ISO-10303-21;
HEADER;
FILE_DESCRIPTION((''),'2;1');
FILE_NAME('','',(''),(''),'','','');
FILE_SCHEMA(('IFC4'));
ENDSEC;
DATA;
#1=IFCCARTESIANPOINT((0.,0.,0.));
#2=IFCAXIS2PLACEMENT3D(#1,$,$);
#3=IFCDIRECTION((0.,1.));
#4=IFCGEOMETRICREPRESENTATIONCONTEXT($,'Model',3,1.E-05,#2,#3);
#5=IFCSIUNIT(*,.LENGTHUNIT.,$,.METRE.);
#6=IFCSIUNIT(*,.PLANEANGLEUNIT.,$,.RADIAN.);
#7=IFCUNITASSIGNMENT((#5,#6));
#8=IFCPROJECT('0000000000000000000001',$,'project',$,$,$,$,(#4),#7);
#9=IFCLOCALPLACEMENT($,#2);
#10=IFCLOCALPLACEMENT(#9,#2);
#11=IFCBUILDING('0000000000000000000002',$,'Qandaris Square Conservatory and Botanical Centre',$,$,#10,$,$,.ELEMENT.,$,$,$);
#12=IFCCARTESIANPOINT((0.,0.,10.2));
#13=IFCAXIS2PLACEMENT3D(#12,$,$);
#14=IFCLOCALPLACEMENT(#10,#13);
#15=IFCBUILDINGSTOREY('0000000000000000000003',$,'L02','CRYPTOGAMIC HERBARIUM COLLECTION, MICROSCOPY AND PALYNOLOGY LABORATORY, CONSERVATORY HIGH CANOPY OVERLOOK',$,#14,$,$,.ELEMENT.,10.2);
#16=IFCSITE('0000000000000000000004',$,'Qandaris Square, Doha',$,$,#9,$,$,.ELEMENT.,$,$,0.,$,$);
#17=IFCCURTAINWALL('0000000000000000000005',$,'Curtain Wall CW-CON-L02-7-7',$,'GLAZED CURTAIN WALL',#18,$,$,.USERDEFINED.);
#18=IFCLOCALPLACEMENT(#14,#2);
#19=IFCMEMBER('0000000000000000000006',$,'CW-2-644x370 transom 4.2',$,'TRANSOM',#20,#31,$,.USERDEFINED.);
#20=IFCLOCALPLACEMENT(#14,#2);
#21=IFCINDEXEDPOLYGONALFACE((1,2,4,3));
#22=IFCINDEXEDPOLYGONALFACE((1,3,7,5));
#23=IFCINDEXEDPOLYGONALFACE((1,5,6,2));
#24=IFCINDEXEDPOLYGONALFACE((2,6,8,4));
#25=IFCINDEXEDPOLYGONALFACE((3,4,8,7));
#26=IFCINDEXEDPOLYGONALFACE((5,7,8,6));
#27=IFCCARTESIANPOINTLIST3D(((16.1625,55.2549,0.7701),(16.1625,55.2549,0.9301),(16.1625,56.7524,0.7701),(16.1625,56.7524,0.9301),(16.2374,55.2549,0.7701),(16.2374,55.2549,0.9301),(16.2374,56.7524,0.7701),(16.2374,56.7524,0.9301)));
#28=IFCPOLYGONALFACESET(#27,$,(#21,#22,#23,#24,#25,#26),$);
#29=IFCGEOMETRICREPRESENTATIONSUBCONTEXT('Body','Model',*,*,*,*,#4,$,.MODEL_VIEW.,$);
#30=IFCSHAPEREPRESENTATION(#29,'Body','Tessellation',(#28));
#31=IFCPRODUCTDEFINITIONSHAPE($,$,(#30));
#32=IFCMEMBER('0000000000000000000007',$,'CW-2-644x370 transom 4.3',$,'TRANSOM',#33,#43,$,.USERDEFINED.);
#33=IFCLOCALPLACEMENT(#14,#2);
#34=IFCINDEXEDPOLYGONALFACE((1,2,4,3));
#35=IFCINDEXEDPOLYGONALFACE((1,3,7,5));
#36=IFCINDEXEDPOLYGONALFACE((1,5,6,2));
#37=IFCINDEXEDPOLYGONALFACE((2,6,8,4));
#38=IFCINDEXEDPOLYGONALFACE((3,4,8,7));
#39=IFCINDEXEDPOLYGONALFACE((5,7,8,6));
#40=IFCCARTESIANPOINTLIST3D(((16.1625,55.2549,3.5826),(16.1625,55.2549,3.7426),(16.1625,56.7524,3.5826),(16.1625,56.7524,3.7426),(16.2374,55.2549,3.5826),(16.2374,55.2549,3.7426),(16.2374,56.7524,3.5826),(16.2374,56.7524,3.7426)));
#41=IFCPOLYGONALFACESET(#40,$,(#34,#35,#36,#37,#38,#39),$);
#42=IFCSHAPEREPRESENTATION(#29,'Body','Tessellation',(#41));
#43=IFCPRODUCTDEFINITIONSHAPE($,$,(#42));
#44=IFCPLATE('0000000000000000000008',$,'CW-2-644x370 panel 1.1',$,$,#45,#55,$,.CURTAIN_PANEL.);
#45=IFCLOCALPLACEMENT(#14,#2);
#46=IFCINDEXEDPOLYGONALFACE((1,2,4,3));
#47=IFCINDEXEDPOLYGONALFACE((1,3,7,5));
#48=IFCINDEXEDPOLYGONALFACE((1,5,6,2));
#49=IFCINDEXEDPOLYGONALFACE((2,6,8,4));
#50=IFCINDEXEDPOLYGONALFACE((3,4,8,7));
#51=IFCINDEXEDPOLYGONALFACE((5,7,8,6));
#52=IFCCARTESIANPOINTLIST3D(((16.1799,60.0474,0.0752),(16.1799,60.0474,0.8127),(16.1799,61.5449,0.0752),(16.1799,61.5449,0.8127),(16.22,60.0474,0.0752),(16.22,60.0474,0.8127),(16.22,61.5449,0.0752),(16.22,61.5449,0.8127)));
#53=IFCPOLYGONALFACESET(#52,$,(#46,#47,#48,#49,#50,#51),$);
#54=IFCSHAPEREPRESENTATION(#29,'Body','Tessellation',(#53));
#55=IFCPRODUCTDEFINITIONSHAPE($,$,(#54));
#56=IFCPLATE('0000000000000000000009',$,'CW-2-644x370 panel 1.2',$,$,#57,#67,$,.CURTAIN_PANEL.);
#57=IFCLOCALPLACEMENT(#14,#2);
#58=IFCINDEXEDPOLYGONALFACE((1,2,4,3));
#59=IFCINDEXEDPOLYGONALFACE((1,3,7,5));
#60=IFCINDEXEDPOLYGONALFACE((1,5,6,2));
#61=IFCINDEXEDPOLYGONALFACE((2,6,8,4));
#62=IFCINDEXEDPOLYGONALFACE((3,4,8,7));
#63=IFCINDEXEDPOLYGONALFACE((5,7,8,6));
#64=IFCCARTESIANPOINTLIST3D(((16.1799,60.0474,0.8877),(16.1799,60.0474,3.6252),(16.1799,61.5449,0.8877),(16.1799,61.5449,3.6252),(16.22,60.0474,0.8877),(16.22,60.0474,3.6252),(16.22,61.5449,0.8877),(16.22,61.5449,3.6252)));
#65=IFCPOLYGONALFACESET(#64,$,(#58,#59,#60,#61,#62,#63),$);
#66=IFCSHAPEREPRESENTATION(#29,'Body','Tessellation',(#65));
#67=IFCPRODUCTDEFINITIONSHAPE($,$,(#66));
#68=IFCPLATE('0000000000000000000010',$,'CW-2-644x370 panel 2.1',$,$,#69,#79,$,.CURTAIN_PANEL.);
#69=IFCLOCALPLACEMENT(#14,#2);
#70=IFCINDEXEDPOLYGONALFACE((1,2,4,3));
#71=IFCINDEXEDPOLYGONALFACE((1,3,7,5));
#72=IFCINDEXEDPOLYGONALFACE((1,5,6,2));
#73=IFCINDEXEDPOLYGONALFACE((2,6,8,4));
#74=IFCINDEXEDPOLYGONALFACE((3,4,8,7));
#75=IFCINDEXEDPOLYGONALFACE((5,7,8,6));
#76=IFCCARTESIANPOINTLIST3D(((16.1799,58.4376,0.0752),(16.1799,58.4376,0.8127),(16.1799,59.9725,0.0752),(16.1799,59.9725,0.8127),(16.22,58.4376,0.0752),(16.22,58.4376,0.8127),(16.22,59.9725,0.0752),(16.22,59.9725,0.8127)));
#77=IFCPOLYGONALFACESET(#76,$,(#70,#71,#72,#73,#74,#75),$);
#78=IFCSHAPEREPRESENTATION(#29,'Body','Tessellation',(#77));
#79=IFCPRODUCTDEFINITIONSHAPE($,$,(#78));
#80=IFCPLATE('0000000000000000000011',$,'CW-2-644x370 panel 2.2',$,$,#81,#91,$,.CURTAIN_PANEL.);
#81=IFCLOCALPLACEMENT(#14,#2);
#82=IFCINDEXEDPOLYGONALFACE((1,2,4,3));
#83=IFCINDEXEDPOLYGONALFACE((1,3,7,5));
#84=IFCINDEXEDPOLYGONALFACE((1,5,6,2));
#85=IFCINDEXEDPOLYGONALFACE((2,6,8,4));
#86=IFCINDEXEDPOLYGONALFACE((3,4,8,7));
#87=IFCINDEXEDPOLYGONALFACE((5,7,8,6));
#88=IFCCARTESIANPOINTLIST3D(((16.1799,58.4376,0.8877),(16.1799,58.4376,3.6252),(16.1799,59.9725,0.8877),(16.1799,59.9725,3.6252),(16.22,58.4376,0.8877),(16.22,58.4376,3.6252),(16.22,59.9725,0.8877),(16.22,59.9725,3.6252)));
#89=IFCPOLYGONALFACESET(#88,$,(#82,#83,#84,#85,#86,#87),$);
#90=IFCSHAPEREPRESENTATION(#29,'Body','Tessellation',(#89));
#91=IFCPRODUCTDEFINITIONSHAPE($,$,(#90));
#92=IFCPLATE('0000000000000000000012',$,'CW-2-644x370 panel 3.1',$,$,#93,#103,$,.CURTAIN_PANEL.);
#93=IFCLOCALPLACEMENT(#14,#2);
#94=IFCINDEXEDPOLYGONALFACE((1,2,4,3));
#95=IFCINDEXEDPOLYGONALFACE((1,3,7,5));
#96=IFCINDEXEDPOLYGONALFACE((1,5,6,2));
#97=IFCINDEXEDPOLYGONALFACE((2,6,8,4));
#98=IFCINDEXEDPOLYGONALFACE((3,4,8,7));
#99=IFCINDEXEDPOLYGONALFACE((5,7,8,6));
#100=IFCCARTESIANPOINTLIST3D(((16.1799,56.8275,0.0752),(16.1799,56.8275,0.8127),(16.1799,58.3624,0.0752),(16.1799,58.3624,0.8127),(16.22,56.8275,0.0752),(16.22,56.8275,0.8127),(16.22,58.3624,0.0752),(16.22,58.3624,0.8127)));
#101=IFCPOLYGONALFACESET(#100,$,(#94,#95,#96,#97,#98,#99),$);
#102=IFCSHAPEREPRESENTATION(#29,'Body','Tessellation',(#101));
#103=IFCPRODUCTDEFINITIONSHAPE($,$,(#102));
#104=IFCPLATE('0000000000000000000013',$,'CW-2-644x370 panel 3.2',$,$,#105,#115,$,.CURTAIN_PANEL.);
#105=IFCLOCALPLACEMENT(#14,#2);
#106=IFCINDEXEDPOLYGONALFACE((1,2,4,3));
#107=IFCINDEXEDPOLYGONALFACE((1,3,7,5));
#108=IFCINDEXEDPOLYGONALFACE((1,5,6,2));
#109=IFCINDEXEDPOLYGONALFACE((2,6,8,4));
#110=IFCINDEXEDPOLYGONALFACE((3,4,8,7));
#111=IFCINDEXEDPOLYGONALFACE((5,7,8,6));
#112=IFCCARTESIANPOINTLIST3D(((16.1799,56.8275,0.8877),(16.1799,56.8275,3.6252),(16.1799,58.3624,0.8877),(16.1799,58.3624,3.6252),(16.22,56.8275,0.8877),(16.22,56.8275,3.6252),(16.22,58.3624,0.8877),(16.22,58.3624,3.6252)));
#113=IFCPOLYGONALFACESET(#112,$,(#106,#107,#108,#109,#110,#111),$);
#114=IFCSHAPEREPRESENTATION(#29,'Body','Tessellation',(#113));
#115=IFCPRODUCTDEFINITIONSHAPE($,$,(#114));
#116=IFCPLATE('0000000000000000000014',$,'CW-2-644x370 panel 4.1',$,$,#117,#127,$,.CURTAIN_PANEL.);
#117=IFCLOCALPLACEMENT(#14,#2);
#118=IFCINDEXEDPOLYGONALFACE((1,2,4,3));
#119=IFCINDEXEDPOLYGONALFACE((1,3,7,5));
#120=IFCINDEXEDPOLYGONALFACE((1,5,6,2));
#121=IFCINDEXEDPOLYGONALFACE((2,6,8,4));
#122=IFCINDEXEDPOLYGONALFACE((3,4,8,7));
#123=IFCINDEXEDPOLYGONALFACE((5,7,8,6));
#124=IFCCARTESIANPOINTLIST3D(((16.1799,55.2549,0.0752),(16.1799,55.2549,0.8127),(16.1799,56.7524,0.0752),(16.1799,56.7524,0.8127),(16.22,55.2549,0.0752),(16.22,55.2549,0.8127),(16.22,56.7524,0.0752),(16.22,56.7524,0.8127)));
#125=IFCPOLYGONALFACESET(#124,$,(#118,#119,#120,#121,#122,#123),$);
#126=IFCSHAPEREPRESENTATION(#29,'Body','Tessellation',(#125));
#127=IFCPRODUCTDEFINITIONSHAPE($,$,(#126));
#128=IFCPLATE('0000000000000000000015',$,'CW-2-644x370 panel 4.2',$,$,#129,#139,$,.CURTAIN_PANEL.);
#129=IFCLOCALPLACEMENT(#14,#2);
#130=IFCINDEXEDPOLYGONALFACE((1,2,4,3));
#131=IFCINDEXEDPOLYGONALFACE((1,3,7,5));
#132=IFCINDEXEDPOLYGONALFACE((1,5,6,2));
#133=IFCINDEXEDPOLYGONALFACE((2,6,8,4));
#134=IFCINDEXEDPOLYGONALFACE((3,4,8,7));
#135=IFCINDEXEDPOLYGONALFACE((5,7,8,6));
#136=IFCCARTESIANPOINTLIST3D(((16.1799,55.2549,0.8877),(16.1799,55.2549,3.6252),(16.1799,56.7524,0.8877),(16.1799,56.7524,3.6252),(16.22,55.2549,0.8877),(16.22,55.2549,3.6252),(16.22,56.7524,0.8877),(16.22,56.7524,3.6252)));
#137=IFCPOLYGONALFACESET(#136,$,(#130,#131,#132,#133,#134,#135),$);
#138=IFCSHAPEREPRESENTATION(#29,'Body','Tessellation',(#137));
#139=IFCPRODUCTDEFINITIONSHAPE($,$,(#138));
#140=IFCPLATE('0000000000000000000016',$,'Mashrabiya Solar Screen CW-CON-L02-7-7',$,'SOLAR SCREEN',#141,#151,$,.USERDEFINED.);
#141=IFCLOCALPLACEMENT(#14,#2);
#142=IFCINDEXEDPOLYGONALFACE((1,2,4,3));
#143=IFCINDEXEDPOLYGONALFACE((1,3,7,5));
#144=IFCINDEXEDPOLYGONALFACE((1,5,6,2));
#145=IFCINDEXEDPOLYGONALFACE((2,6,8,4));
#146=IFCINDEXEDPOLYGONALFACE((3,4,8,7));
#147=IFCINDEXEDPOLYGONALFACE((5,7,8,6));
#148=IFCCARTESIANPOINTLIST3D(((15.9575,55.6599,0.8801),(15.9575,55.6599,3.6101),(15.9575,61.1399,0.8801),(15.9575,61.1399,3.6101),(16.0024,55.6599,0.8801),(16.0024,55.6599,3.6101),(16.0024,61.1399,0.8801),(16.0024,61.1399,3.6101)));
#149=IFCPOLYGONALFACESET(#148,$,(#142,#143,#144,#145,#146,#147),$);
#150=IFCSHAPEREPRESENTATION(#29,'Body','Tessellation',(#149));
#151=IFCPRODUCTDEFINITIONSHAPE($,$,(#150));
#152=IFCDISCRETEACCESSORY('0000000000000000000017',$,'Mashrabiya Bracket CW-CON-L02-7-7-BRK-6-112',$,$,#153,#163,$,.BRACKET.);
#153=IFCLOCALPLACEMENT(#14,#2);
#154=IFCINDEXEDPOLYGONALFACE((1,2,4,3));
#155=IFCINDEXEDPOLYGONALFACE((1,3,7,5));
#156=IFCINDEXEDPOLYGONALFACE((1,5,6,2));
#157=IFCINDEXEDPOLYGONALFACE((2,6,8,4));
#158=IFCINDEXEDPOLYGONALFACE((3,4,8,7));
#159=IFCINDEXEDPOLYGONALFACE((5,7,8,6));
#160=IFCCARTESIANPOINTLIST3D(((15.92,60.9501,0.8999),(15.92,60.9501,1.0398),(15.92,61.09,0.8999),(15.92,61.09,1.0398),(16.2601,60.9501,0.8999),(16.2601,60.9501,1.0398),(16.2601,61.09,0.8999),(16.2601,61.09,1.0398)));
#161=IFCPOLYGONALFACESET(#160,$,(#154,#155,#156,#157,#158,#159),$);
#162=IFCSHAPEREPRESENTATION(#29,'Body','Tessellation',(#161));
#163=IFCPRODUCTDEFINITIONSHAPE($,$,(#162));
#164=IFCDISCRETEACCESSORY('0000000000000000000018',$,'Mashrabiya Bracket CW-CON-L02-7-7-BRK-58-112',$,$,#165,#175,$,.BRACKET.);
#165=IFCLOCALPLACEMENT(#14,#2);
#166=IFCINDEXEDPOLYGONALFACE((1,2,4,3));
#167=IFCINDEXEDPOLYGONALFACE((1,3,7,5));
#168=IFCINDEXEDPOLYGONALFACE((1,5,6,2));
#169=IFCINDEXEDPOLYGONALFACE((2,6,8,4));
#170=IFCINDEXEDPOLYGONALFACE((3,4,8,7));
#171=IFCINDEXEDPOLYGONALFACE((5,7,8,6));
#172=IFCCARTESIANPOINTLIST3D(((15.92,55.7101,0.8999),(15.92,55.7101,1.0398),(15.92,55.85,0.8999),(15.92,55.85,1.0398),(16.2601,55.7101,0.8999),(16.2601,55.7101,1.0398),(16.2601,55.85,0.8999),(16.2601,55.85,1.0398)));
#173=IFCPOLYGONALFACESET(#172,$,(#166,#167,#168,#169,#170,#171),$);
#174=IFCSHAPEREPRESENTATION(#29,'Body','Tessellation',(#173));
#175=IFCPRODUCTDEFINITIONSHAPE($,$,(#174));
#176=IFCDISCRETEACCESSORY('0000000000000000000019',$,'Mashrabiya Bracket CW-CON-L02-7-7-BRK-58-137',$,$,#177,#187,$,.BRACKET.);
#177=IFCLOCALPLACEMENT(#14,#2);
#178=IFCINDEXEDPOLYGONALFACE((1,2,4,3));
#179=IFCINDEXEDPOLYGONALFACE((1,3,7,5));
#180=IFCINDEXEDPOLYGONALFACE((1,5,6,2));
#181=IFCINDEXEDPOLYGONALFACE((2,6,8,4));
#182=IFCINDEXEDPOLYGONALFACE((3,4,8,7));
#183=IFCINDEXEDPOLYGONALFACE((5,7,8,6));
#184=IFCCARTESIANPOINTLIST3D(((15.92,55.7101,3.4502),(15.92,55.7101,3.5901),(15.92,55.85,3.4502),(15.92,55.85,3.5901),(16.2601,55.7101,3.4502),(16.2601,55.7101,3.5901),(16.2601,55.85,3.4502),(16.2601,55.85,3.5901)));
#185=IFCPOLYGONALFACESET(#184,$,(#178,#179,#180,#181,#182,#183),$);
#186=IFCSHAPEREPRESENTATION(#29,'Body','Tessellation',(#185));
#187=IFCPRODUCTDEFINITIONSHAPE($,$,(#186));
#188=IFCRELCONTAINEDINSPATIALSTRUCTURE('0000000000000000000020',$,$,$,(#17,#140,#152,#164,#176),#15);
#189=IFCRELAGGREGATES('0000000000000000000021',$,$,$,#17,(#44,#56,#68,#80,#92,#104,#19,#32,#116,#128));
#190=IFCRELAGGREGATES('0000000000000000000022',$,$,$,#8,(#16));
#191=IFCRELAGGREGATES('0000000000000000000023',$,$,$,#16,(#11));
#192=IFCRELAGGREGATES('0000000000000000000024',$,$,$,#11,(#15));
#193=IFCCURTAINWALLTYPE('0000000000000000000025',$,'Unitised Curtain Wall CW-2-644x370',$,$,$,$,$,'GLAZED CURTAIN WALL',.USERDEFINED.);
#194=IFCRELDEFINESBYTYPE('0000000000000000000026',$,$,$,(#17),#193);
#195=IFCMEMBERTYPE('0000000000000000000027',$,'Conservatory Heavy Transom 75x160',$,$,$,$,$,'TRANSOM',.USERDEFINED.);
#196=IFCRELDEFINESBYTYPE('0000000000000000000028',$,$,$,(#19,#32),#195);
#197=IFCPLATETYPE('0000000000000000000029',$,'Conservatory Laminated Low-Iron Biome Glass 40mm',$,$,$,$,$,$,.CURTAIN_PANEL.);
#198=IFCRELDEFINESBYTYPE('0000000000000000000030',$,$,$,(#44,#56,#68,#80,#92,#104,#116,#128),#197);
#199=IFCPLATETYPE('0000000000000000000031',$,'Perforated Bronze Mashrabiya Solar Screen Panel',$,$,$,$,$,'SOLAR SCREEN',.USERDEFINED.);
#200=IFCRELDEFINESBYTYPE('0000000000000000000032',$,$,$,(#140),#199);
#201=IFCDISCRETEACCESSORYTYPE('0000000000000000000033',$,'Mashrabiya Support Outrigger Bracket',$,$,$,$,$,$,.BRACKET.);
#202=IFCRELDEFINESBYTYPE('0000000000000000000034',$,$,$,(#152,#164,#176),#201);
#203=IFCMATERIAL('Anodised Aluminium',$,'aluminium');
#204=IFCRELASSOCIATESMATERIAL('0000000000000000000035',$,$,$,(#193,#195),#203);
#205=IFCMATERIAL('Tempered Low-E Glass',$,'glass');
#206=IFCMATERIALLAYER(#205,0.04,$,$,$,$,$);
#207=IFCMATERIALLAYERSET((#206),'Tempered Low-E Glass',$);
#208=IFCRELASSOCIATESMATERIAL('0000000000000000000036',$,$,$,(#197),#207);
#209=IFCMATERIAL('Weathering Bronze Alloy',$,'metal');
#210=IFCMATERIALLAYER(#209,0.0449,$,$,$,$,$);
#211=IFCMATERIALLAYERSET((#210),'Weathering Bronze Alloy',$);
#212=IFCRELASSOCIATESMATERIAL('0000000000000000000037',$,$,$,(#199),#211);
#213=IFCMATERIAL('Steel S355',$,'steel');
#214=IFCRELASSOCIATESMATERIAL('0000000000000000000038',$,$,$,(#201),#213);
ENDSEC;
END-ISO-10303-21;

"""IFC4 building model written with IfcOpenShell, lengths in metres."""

from ifc_helpers import new_model, si_unit, direction, frame, origin, origin_2d, place, context, subcontext, project, spatial, rectangle, extrude, material, layer, layer_set, material_profile, profile_set, type_object, element, aggregate, save


model = new_model("IFC4")

# Units and contexts
model_context = context("Model", 3, precision=1e-05, world=origin(), true_north=direction((0.0, 1.0)))
body_context = subcontext(model_context, "Body", "Model", "MODEL_VIEW")
ifc_project = project(units=[si_unit("LENGTHUNIT", "METRE"), si_unit("PLANEANGLEUNIT", "RADIAN")], contexts=[model_context])

# Site, building, storey
site_placement = place(None, origin())
site = spatial("IfcSite", under=ifc_project, at=site_placement, Name="Qandaris Square, Doha", CompositionType="ELEMENT", RefElevation=0.0)
building_placement = place(site_placement, origin())
building = spatial("IfcBuilding", under=site, at=building_placement, Name="Qandaris Square Conservatory and Botanical Centre", CompositionType="ELEMENT")
storey_placement = place(building_placement, frame((0.0, 0.0, 10.2)))
storey = spatial("IfcBuildingStorey", under=building, at=storey_placement, Name="L02", Description="CRYPTOGAMIC HERBARIUM COLLECTION, MICROSCOPY AND PALYNOLOGY LABORATORY, CONSERVATORY HIGH CANOPY OVERLOOK", CompositionType="ELEMENT", Elevation=10.2)

# Curtain wall, members, plates
ifc_material_1 = material(Name="Anodised Aluminium", Category="aluminium")
curtain_wall_type = type_object("IfcCurtainWallType", Name="Unitised Curtain Wall CW-2-644x370", ElementType="GLAZED CURTAIN WALL", PredefinedType="USERDEFINED", material=ifc_material_1)
curtain_wall_placement = place(storey_placement, origin())
curtain_wall = element("IfcCurtainWall", 1, at=curtain_wall_placement, inside=storey, type_object=curtain_wall_type, Name="Curtain Wall CW-CON-L02-7-7", ObjectType="GLAZED CURTAIN WALL", PredefinedType="USERDEFINED")
ifc_material_profile_1 = material_profile(ifc_material_1, rectangle(XDim=0.075, YDim=0.1599, at=origin_2d()), Name="ALU-TRN 75x160")
ifc_profile_set_1 = profile_set([ifc_material_profile_1], Name="Anodised Aluminium")
member_type_1 = type_object("IfcMemberType", Name="Conservatory Heavy Transom 75x160", ElementType="TRANSOM", PredefinedType="USERDEFINED", material=ifc_profile_set_1)
member_1_placement = place(storey_placement, frame((16.2, 56.7524, 0.8501), z_axis=(0.0, -1.0, 0.0), x_axis=(1.0, 0.0, 0.0)))
member_1 = element("IfcMember", 2, at=member_1_placement, type_object=member_type_1, Name="CW-2-644x370 transom 4.2", ObjectType="TRANSOM", PredefinedType="USERDEFINED", context=body_context, shape_type="SweptSolid", body=[
    extrude(rectangle(XDim=0.075, YDim=0.1599, at=origin_2d()), origin(), (0.0, 0.0, 1.0), 1.4976),
])
member_2_placement = place(storey_placement, frame((16.2, 56.7524, 3.6626), z_axis=(0.0, -1.0, 0.0), x_axis=(1.0, 0.0, 0.0)))
member_2 = element("IfcMember", 3, at=member_2_placement, type_object=member_type_1, Name="CW-2-644x370 transom 4.3", ObjectType="TRANSOM", PredefinedType="USERDEFINED", context=body_context, shape_type="SweptSolid", body=[
    extrude(rectangle(XDim=0.075, YDim=0.1599, at=origin_2d()), origin(), (0.0, 0.0, 1.0), 1.4976),
])
ifc_material_2 = material(Name="Tempered Low-E Glass", Category="glass")
ifc_layer_1 = layer(ifc_material_2, 0.04)
ifc_layer_set_1 = layer_set([ifc_layer_1], Name="Tempered Low-E Glass")
plate_type_1 = type_object("IfcPlateType", Name="Conservatory Laminated Low-Iron Biome Glass 40mm", PredefinedType="CURTAIN_PANEL", material=ifc_layer_set_1)
plate_1_placement = place(storey_placement, frame((16.2, 60.7961, 0.0752), z_axis=(0.0, 0.0, 1.0), x_axis=(0.0, -1.0, 0.0)))
plate_1 = element("IfcPlate", 4, at=plate_1_placement, type_object=plate_type_1, Name="CW-2-644x370 panel 1.1", PredefinedType="CURTAIN_PANEL", context=body_context, shape_type="SweptSolid", body=[
    extrude(rectangle(XDim=1.4976, YDim=0.04, at=origin_2d()), origin(), (0.0, 0.0, 1.0), 0.7375),
])
plate_2_placement = place(storey_placement, frame((16.2, 60.7961, 0.8877), z_axis=(0.0, 0.0, 1.0), x_axis=(0.0, -1.0, 0.0)))
plate_2 = element("IfcPlate", 5, at=plate_2_placement, type_object=plate_type_1, Name="CW-2-644x370 panel 1.2", PredefinedType="CURTAIN_PANEL", context=body_context, shape_type="SweptSolid", body=[
    extrude(rectangle(XDim=1.4976, YDim=0.04, at=origin_2d()), origin(), (0.0, 0.0, 1.0), 2.7375),
])
plate_3_placement = place(storey_placement, frame((16.2, 59.2051, 0.0752), z_axis=(0.0, 0.0, 1.0), x_axis=(0.0, -1.0, 0.0)))
plate_3 = element("IfcPlate", 6, at=plate_3_placement, type_object=plate_type_1, Name="CW-2-644x370 panel 2.1", PredefinedType="CURTAIN_PANEL", context=body_context, shape_type="SweptSolid", body=[
    extrude(rectangle(XDim=1.5349, YDim=0.04, at=origin_2d()), origin(), (0.0, 0.0, 1.0), 0.7375),
])
plate_4_placement = place(storey_placement, frame((16.2, 59.2051, 0.8877), z_axis=(0.0, 0.0, 1.0), x_axis=(0.0, -1.0, 0.0)))
plate_4 = element("IfcPlate", 7, at=plate_4_placement, type_object=plate_type_1, Name="CW-2-644x370 panel 2.2", PredefinedType="CURTAIN_PANEL", context=body_context, shape_type="SweptSolid", body=[
    extrude(rectangle(XDim=1.5349, YDim=0.04, at=origin_2d()), origin(), (0.0, 0.0, 1.0), 2.7375),
])
plate_5_placement = place(storey_placement, frame((16.2, 57.595, 0.0752), z_axis=(0.0, 0.0, 1.0), x_axis=(0.0, -1.0, 0.0)))
plate_5 = element("IfcPlate", 8, at=plate_5_placement, type_object=plate_type_1, Name="CW-2-644x370 panel 3.1", PredefinedType="CURTAIN_PANEL", context=body_context, shape_type="SweptSolid", body=[
    extrude(rectangle(XDim=1.5349, YDim=0.04, at=origin_2d()), origin(), (0.0, 0.0, 1.0), 0.7375),
])
plate_6_placement = place(storey_placement, frame((16.2, 57.595, 0.8877), z_axis=(0.0, 0.0, 1.0), x_axis=(0.0, -1.0, 0.0)))
plate_6 = element("IfcPlate", 9, at=plate_6_placement, type_object=plate_type_1, Name="CW-2-644x370 panel 3.2", PredefinedType="CURTAIN_PANEL", context=body_context, shape_type="SweptSolid", body=[
    extrude(rectangle(XDim=1.5349, YDim=0.04, at=origin_2d()), origin(), (0.0, 0.0, 1.0), 2.7375),
])
plate_7_placement = place(storey_placement, frame((16.2, 56.0037, 0.0752), z_axis=(0.0, 0.0, 1.0), x_axis=(0.0, -1.0, 0.0)))
plate_7 = element("IfcPlate", 10, at=plate_7_placement, type_object=plate_type_1, Name="CW-2-644x370 panel 4.1", PredefinedType="CURTAIN_PANEL", context=body_context, shape_type="SweptSolid", body=[
    extrude(rectangle(XDim=1.4976, YDim=0.04, at=origin_2d()), origin(), (0.0, 0.0, 1.0), 0.7375),
])
plate_8_placement = place(storey_placement, frame((16.2, 56.0037, 0.8877), z_axis=(0.0, 0.0, 1.0), x_axis=(0.0, -1.0, 0.0)))
plate_8 = element("IfcPlate", 11, at=plate_8_placement, type_object=plate_type_1, Name="CW-2-644x370 panel 4.2", PredefinedType="CURTAIN_PANEL", context=body_context, shape_type="SweptSolid", body=[
    extrude(rectangle(XDim=1.4976, YDim=0.04, at=origin_2d()), origin(), (0.0, 0.0, 1.0), 2.7375),
])
aggregate(curtain_wall, [plate_1, plate_2, plate_3, plate_4, plate_5, plate_6, member_1, member_2, plate_7, plate_8])

# Plate
ifc_material_3 = material(Name="Weathering Bronze Alloy", Category="metal")
ifc_layer_2 = layer(ifc_material_3, 0.0449)
ifc_layer_set_2 = layer_set([ifc_layer_2], Name="Weathering Bronze Alloy")
plate_type_2 = type_object("IfcPlateType", Name="Perforated Bronze Mashrabiya Solar Screen Panel", ElementType="SOLAR SCREEN", PredefinedType="USERDEFINED", material=ifc_layer_set_2)
plate_9_placement = place(storey_placement, frame((15.98, 58.3999, 0.8801), z_axis=(0.0, 0.0, 1.0), x_axis=(0.0, -1.0, 0.0)))
element("IfcPlate", 12, at=plate_9_placement, inside=storey, type_object=plate_type_2, Name="Mashrabiya Solar Screen CW-CON-L02-7-7", ObjectType="SOLAR SCREEN", PredefinedType="USERDEFINED", context=body_context, shape_type="SweptSolid", body=[
    extrude(rectangle(XDim=5.48, YDim=0.0449, at=origin_2d()), origin(), (0.0, 0.0, 1.0), 2.73),
])

# Discrete accessories
ifc_material_4 = material(Name="Steel S355", Category="steel")
discrete_accessory_type = type_object("IfcDiscreteAccessoryType", Name="Mashrabiya Support Outrigger Bracket", PredefinedType="BRACKET", material=ifc_material_4)
for number, where, z_axis, x_axis, name in (
    (13, (16.0901, 61.02, 0.8999), (0.0, 0.0, 1.0), (0.0, -1.0, 0.0), "Mashrabiya Bracket CW-CON-L02-7-7-BRK-6-112"),
    (14, (16.0901, 55.78, 0.8999), (0.0, 0.0, 1.0), (0.0, -1.0, 0.0), "Mashrabiya Bracket CW-CON-L02-7-7-BRK-58-112"),
    (15, (16.0901, 55.78, 3.4502), (0.0, 0.0, 1.0), (0.0, -1.0, 0.0), "Mashrabiya Bracket CW-CON-L02-7-7-BRK-58-137"),
):
    element("IfcDiscreteAccessory", number, at=place(storey_placement, frame(where, z_axis=z_axis, x_axis=x_axis)), inside=storey, type_object=discrete_accessory_type, Name=name, PredefinedType="BRACKET", context=body_context, shape_type="SweptSolid", body=[
        extrude(rectangle(XDim=0.1399, YDim=0.3401, at=origin_2d()), origin(), (0.0, 0.0, 1.0), 0.1399),
    ])

save(model, "model.ifc")
